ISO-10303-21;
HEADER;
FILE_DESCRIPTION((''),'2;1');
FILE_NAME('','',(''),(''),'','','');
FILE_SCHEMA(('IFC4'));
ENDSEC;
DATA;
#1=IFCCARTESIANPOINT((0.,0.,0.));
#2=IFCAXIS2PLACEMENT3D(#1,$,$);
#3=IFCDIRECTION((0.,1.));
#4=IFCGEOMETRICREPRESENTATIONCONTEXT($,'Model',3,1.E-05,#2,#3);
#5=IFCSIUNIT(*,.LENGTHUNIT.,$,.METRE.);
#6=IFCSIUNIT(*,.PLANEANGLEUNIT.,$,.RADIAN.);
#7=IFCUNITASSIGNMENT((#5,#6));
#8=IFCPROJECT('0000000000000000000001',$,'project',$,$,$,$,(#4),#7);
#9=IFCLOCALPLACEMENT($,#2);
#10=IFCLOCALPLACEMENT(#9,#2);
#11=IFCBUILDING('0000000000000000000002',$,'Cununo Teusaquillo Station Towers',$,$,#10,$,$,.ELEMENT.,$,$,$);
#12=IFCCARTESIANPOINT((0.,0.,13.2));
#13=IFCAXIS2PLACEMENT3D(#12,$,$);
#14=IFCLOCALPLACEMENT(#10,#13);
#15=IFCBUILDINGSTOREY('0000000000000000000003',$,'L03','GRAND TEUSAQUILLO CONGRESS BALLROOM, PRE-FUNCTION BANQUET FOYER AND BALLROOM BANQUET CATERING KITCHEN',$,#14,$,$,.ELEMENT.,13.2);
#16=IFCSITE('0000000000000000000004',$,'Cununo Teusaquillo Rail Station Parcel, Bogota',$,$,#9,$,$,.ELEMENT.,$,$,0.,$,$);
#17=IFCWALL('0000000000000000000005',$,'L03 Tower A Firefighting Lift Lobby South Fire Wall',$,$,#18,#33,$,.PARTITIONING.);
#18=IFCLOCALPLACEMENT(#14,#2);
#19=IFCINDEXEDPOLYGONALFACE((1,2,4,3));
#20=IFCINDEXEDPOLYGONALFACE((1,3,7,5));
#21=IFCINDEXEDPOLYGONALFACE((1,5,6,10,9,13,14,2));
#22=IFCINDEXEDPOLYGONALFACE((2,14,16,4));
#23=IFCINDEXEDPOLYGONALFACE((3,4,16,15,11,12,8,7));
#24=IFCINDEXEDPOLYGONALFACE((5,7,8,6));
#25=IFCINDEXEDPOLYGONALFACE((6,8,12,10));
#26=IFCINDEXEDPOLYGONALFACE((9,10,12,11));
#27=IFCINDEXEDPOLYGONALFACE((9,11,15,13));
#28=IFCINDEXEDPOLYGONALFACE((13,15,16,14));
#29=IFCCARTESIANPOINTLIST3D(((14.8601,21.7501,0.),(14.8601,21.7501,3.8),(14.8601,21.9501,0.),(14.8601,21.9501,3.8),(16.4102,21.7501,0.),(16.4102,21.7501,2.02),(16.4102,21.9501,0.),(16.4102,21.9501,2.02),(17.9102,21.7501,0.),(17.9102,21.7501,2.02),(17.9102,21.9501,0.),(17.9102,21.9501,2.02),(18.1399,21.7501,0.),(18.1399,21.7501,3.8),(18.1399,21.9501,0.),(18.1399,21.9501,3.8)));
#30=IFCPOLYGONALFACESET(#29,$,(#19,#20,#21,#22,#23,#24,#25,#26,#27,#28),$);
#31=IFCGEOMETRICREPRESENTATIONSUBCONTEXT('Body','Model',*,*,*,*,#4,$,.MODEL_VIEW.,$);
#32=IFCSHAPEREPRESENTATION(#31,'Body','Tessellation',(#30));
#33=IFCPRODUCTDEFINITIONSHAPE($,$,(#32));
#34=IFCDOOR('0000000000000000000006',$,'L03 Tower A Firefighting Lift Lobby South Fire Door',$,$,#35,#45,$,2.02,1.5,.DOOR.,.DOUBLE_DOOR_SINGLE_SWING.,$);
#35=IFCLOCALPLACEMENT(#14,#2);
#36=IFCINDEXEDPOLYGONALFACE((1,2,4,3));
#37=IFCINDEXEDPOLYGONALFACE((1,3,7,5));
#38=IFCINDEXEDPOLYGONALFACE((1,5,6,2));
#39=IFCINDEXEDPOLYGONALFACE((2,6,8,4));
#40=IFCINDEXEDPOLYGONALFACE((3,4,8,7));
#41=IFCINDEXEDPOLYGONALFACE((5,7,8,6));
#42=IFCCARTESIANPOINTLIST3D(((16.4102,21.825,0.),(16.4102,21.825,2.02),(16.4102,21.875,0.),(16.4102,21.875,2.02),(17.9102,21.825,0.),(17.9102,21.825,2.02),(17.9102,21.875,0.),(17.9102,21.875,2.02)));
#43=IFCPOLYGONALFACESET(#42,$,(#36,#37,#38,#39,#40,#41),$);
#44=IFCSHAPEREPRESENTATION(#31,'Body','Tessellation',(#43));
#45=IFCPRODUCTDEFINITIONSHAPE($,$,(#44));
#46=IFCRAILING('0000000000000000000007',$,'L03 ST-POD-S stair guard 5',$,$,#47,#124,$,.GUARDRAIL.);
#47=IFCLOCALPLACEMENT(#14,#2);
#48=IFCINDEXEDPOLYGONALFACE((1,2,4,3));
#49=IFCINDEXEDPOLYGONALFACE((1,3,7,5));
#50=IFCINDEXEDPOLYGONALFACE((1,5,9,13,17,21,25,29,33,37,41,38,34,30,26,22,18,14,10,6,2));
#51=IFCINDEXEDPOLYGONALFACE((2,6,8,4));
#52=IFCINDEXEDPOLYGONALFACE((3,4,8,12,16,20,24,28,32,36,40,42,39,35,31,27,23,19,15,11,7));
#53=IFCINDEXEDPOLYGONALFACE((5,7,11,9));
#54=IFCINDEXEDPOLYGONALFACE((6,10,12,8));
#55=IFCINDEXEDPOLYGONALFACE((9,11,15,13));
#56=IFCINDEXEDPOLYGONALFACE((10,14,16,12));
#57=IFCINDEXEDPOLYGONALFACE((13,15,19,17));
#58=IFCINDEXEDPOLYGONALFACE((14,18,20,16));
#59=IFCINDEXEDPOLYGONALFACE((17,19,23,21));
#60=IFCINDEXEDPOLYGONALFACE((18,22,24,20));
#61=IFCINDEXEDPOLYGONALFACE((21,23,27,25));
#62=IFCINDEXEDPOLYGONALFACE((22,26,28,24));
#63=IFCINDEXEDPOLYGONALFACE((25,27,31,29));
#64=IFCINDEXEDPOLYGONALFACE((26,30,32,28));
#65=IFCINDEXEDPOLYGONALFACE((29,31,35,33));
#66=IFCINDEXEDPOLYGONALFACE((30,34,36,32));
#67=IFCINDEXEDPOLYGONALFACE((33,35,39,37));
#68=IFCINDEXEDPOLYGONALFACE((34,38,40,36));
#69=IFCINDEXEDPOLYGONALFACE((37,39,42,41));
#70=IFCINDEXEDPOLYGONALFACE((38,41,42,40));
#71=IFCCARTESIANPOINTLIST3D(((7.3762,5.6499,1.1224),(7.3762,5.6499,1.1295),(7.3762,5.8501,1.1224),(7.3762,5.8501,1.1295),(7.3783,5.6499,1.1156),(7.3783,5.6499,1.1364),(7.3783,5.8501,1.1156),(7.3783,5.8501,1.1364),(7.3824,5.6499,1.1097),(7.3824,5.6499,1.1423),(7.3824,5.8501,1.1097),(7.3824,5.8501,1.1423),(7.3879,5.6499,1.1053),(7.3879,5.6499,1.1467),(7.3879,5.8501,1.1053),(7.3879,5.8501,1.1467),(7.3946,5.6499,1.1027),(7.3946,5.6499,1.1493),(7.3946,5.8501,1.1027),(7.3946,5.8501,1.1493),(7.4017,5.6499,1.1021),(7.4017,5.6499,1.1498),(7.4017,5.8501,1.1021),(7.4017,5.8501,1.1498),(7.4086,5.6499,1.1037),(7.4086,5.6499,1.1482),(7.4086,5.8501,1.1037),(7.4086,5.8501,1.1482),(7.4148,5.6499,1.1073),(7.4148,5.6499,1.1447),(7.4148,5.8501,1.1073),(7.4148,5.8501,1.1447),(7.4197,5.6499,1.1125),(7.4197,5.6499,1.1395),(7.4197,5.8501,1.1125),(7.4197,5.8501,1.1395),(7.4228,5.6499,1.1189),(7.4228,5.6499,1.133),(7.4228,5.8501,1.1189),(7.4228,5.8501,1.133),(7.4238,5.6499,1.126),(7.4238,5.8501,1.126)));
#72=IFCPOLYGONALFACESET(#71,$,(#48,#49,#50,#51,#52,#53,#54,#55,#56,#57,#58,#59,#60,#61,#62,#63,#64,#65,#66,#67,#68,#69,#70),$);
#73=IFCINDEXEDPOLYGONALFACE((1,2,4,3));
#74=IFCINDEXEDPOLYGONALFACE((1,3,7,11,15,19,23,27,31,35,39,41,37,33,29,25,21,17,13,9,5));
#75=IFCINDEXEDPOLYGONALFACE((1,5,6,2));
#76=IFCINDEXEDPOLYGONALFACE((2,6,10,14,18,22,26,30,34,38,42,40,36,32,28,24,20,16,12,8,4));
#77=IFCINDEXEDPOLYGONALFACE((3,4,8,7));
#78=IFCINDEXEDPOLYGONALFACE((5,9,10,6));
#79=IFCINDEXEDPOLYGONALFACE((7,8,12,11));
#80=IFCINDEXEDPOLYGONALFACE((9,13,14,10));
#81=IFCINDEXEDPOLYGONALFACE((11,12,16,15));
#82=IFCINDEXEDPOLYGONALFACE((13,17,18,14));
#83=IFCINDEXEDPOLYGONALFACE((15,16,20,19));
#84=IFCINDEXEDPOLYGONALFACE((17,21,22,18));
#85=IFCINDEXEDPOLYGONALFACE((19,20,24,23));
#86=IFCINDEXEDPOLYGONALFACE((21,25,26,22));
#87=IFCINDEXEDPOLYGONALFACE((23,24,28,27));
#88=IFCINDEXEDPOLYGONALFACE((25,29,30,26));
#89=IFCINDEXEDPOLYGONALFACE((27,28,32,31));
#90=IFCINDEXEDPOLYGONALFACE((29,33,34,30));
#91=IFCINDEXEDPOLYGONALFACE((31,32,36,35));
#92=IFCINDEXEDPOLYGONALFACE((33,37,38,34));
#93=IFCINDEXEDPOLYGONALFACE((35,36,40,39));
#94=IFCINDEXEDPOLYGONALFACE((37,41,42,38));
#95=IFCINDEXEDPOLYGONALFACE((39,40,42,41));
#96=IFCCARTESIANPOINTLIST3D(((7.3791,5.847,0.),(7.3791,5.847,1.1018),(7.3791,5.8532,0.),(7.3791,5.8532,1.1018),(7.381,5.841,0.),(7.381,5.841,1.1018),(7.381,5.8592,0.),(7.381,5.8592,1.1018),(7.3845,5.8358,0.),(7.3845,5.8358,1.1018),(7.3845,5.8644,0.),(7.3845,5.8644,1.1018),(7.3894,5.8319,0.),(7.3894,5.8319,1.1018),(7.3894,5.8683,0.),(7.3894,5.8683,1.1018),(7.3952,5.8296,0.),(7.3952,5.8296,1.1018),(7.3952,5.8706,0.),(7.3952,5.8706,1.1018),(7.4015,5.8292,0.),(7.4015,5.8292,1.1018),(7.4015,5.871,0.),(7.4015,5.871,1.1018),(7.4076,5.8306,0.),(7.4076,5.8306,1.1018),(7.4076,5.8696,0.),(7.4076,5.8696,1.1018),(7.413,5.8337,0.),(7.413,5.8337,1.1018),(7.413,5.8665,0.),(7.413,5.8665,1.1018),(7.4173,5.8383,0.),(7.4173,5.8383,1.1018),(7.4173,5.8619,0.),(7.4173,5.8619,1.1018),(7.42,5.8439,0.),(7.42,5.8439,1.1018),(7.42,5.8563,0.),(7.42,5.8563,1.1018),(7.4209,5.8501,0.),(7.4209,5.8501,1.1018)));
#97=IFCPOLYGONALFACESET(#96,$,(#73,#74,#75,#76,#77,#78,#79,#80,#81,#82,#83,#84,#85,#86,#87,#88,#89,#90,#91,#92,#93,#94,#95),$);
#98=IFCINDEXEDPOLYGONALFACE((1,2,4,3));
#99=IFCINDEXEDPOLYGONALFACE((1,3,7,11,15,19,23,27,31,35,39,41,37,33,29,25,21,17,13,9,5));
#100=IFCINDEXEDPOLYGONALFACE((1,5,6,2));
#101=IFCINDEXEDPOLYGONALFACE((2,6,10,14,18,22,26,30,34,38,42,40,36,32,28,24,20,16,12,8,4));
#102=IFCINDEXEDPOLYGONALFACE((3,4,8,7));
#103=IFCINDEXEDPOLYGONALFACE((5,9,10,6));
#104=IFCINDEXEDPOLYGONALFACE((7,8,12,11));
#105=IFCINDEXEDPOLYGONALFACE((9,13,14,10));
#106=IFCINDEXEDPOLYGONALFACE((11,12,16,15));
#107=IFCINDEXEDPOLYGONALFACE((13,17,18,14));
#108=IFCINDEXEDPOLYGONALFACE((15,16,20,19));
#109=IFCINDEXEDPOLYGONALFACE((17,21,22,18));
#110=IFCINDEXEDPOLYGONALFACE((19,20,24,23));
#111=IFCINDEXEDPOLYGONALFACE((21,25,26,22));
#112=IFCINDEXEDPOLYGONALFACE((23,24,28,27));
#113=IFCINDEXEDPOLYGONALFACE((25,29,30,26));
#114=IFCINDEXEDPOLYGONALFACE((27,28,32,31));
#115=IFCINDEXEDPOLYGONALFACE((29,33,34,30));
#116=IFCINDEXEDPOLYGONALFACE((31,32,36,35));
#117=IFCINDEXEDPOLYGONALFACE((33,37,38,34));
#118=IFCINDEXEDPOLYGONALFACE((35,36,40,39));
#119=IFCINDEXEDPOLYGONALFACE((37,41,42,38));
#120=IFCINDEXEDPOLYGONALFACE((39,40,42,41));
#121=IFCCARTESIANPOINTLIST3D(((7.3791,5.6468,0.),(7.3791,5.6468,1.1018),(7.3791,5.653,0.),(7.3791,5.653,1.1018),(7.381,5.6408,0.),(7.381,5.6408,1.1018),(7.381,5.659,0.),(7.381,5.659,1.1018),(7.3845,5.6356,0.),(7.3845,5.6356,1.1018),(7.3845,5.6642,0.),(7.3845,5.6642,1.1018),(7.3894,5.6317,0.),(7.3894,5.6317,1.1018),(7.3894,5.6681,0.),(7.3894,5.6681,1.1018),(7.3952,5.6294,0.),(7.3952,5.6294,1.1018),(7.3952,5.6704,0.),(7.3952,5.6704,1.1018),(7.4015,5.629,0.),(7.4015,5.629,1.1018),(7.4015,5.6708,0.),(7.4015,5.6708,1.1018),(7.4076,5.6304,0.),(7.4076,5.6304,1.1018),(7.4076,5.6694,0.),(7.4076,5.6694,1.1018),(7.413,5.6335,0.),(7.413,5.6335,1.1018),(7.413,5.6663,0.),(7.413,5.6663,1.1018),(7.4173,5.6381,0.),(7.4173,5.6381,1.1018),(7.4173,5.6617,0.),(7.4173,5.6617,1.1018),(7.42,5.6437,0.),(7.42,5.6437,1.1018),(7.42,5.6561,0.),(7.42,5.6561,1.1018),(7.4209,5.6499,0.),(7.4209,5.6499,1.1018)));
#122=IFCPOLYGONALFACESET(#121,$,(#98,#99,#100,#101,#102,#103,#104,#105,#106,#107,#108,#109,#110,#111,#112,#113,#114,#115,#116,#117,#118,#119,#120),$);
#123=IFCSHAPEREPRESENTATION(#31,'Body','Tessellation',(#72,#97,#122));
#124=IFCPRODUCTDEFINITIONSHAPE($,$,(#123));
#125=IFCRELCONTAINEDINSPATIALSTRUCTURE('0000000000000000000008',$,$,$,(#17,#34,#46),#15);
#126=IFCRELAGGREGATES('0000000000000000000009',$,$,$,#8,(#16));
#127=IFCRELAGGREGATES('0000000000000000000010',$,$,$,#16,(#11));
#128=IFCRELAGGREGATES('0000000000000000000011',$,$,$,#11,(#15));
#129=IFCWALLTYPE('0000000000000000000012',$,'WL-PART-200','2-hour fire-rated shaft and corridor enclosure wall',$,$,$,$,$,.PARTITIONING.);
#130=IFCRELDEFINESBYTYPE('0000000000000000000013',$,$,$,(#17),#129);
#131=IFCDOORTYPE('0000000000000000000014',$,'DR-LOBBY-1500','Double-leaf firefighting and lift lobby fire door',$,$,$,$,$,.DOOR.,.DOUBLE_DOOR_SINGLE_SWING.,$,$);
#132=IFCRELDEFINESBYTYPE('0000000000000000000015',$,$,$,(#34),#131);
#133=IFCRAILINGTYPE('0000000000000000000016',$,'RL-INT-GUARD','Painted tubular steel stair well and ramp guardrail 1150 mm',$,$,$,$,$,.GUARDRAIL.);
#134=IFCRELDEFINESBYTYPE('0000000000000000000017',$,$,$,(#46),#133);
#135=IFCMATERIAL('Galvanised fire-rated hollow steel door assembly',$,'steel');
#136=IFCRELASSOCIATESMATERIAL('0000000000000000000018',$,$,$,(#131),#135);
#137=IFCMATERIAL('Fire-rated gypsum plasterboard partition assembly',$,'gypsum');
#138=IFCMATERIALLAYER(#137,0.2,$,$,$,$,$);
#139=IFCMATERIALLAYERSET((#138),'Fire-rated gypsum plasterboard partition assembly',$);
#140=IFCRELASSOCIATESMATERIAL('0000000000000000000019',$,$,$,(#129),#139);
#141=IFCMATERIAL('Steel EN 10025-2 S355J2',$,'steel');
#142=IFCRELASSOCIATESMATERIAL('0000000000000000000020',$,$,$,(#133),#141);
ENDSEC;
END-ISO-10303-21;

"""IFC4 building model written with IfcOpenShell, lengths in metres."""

from ifc_helpers import new_model, si_unit, direction, frame, frame_2d, origin, origin_2d, place, context, subcontext, project, spatial, rectangle, circle, extrude, source, transform, mapped, material, layer, layer_set, type_object, element, fill, save


model = new_model("IFC4")

# Units and contexts
model_context = context("Model", 3, precision=1e-05, world=origin(), true_north=direction((0.0, 1.0)))
body_context = subcontext(model_context, "Body", "Model", "MODEL_VIEW")
ifc_project = project(units=[si_unit("LENGTHUNIT", "METRE"), si_unit("PLANEANGLEUNIT", "RADIAN")], contexts=[model_context])

# Site, building, storey
site_placement = place(None, origin())
site = spatial("IfcSite", under=ifc_project, at=site_placement, Name="Cununo Teusaquillo Rail Station Parcel, Bogota", CompositionType="ELEMENT", RefElevation=0.0)
building_placement = place(site_placement, origin())
building = spatial("IfcBuilding", under=site, at=building_placement, Name="Cununo Teusaquillo Station Towers", CompositionType="ELEMENT")
storey_placement = place(building_placement, frame((0.0, 0.0, 13.2)))
storey = spatial("IfcBuildingStorey", under=building, at=storey_placement, Name="L03", Description="GRAND TEUSAQUILLO CONGRESS BALLROOM, PRE-FUNCTION BANQUET FOYER AND BALLROOM BANQUET CATERING KITCHEN", CompositionType="ELEMENT", Elevation=13.2)

# Shared definitions
ifc_material_1 = material(Name="Galvanised fire-rated hollow steel door assembly", Category="steel")
door_type_1 = type_object("IfcDoorType", Name="DR-LOBBY-1500", Description="Double-leaf firefighting and lift lobby fire door", OperationType="DOUBLE_DOOR_SINGLE_SWING", PredefinedType="DOOR", material=ifc_material_1)
shared_shape_1 = source(origin(), body_context, "Body", "SweptSolid", [
    extrude(rectangle(XDim=1.5, YDim=2.02, at=frame_2d((0.75, 1.01))), frame((0.0, 0.0249, 0.0), z_axis=(0.0, -1.0, 0.0), x_axis=(1.0, 0.0, 0.0)), (0.0, 0.0, 1.0), 0.05),
])

# Wall, opening, door
ifc_material_2 = material(Name="Fire-rated gypsum plasterboard partition assembly", Category="gypsum")
ifc_layer_1 = layer(ifc_material_2, 0.2)
ifc_layer_set_1 = layer_set([ifc_layer_1], Name="Fire-rated gypsum plasterboard partition assembly")
wall_type_1 = type_object("IfcWallType", Name="WL-PART-200", Description="2-hour fire-rated shaft and corridor enclosure wall", PredefinedType="PARTITIONING", material=ifc_layer_set_1)
wall_1_placement = place(storey_placement, frame((14.8601, 21.8501, 0.0), z_axis=(0.0, 0.0, 1.0), x_axis=(1.0, 0.0, 0.0)))
wall_1 = element("IfcWall", 1, at=wall_1_placement, inside=storey, type_object=wall_type_1, Name="L03 Tower A Firefighting Lift Lobby South Fire Wall", PredefinedType="PARTITIONING", context=body_context, shape_type="SweptSolid", body=[
    extrude(rectangle(XDim=3.2798, YDim=0.2, at=frame_2d((1.6399, 0.0))), origin(), (0.0, 0.0, 1.0), 3.8),
])
shared_shape_2 = source(origin(), body_context, "Body", "SweptSolid", [
    extrude(rectangle(XDim=1.5, YDim=2.02, at=frame_2d((0.75, 1.01))), frame((0.0, 0.1099, 0.0), z_axis=(0.0, -1.0, 0.0), x_axis=(1.0, 0.0, 0.0)), (0.0, 0.0, 1.0), 0.22),
])
opening_1_placement = place(wall_1_placement, frame((1.55, 0.0, 0.0)))
opening_1 = element("IfcOpeningElement", 2, at=opening_1_placement, cuts=wall_1, PredefinedType="OPENING", context=body_context, shape_type="MappedRepresentation", body=[
    mapped(shared_shape_2, transform((0.0, 0.0, 0.0), x_axis=(1.0, 0.0, 0.0), y_axis=(0.0, 1.0, 0.0), z_axis=(0.0, 0.0, 1.0), scale=1.0)),
])
door_1_placement = place(opening_1_placement, origin())
door_1 = element("IfcDoor", 3, at=door_1_placement, inside=storey, type_object=door_type_1, Name="L03 Tower A Firefighting Lift Lobby South Fire Door", OperationType="DOUBLE_DOOR_SINGLE_SWING", OverallHeight=2.02, OverallWidth=1.5, PredefinedType="DOOR", context=body_context, shape_type="MappedRepresentation", body=[
    mapped(shared_shape_1, transform((0.0, 0.0, 0.0), x_axis=(1.0, 0.0, 0.0), y_axis=(0.0, 1.0, 0.0), z_axis=(0.0, 0.0, 1.0), scale=1.0)),
])
fill(opening_1, door_1)

# Railing
ifc_material_3 = material(Name="Steel EN 10025-2 S355J2", Category="steel")
railing_type = type_object("IfcRailingType", Name="RL-INT-GUARD", Description="Painted tubular steel stair well and ramp guardrail 1150 mm", PredefinedType="GUARDRAIL", material=ifc_material_3)
railing_placement = place(storey_placement, frame((7.3999, 5.8501, 0.0)))
element("IfcRailing", 4, at=railing_placement, inside=storey, type_object=railing_type, Name="L03 ST-POD-S stair guard 5", PredefinedType="GUARDRAIL", context=body_context, shape_type="SweptSolid", body=[
    extrude(circle(Radius=0.0239, at=origin_2d()), frame((0.0, 0.0, 1.126), z_axis=(0.0, -1.0, 0.0), x_axis=(1.0, 0.0, 0.0)), (0.0, 0.0, 1.0), 0.2002),
    extrude(circle(Radius=0.021, at=origin_2d()), origin(), (0.0, 0.0, 1.0), 1.1018),
    extrude(circle(Radius=0.021, at=origin_2d()), frame((0.0, -0.2002, 0.0)), (0.0, 0.0, 1.0), 1.1018),
])

save(model, "model.ifc")
